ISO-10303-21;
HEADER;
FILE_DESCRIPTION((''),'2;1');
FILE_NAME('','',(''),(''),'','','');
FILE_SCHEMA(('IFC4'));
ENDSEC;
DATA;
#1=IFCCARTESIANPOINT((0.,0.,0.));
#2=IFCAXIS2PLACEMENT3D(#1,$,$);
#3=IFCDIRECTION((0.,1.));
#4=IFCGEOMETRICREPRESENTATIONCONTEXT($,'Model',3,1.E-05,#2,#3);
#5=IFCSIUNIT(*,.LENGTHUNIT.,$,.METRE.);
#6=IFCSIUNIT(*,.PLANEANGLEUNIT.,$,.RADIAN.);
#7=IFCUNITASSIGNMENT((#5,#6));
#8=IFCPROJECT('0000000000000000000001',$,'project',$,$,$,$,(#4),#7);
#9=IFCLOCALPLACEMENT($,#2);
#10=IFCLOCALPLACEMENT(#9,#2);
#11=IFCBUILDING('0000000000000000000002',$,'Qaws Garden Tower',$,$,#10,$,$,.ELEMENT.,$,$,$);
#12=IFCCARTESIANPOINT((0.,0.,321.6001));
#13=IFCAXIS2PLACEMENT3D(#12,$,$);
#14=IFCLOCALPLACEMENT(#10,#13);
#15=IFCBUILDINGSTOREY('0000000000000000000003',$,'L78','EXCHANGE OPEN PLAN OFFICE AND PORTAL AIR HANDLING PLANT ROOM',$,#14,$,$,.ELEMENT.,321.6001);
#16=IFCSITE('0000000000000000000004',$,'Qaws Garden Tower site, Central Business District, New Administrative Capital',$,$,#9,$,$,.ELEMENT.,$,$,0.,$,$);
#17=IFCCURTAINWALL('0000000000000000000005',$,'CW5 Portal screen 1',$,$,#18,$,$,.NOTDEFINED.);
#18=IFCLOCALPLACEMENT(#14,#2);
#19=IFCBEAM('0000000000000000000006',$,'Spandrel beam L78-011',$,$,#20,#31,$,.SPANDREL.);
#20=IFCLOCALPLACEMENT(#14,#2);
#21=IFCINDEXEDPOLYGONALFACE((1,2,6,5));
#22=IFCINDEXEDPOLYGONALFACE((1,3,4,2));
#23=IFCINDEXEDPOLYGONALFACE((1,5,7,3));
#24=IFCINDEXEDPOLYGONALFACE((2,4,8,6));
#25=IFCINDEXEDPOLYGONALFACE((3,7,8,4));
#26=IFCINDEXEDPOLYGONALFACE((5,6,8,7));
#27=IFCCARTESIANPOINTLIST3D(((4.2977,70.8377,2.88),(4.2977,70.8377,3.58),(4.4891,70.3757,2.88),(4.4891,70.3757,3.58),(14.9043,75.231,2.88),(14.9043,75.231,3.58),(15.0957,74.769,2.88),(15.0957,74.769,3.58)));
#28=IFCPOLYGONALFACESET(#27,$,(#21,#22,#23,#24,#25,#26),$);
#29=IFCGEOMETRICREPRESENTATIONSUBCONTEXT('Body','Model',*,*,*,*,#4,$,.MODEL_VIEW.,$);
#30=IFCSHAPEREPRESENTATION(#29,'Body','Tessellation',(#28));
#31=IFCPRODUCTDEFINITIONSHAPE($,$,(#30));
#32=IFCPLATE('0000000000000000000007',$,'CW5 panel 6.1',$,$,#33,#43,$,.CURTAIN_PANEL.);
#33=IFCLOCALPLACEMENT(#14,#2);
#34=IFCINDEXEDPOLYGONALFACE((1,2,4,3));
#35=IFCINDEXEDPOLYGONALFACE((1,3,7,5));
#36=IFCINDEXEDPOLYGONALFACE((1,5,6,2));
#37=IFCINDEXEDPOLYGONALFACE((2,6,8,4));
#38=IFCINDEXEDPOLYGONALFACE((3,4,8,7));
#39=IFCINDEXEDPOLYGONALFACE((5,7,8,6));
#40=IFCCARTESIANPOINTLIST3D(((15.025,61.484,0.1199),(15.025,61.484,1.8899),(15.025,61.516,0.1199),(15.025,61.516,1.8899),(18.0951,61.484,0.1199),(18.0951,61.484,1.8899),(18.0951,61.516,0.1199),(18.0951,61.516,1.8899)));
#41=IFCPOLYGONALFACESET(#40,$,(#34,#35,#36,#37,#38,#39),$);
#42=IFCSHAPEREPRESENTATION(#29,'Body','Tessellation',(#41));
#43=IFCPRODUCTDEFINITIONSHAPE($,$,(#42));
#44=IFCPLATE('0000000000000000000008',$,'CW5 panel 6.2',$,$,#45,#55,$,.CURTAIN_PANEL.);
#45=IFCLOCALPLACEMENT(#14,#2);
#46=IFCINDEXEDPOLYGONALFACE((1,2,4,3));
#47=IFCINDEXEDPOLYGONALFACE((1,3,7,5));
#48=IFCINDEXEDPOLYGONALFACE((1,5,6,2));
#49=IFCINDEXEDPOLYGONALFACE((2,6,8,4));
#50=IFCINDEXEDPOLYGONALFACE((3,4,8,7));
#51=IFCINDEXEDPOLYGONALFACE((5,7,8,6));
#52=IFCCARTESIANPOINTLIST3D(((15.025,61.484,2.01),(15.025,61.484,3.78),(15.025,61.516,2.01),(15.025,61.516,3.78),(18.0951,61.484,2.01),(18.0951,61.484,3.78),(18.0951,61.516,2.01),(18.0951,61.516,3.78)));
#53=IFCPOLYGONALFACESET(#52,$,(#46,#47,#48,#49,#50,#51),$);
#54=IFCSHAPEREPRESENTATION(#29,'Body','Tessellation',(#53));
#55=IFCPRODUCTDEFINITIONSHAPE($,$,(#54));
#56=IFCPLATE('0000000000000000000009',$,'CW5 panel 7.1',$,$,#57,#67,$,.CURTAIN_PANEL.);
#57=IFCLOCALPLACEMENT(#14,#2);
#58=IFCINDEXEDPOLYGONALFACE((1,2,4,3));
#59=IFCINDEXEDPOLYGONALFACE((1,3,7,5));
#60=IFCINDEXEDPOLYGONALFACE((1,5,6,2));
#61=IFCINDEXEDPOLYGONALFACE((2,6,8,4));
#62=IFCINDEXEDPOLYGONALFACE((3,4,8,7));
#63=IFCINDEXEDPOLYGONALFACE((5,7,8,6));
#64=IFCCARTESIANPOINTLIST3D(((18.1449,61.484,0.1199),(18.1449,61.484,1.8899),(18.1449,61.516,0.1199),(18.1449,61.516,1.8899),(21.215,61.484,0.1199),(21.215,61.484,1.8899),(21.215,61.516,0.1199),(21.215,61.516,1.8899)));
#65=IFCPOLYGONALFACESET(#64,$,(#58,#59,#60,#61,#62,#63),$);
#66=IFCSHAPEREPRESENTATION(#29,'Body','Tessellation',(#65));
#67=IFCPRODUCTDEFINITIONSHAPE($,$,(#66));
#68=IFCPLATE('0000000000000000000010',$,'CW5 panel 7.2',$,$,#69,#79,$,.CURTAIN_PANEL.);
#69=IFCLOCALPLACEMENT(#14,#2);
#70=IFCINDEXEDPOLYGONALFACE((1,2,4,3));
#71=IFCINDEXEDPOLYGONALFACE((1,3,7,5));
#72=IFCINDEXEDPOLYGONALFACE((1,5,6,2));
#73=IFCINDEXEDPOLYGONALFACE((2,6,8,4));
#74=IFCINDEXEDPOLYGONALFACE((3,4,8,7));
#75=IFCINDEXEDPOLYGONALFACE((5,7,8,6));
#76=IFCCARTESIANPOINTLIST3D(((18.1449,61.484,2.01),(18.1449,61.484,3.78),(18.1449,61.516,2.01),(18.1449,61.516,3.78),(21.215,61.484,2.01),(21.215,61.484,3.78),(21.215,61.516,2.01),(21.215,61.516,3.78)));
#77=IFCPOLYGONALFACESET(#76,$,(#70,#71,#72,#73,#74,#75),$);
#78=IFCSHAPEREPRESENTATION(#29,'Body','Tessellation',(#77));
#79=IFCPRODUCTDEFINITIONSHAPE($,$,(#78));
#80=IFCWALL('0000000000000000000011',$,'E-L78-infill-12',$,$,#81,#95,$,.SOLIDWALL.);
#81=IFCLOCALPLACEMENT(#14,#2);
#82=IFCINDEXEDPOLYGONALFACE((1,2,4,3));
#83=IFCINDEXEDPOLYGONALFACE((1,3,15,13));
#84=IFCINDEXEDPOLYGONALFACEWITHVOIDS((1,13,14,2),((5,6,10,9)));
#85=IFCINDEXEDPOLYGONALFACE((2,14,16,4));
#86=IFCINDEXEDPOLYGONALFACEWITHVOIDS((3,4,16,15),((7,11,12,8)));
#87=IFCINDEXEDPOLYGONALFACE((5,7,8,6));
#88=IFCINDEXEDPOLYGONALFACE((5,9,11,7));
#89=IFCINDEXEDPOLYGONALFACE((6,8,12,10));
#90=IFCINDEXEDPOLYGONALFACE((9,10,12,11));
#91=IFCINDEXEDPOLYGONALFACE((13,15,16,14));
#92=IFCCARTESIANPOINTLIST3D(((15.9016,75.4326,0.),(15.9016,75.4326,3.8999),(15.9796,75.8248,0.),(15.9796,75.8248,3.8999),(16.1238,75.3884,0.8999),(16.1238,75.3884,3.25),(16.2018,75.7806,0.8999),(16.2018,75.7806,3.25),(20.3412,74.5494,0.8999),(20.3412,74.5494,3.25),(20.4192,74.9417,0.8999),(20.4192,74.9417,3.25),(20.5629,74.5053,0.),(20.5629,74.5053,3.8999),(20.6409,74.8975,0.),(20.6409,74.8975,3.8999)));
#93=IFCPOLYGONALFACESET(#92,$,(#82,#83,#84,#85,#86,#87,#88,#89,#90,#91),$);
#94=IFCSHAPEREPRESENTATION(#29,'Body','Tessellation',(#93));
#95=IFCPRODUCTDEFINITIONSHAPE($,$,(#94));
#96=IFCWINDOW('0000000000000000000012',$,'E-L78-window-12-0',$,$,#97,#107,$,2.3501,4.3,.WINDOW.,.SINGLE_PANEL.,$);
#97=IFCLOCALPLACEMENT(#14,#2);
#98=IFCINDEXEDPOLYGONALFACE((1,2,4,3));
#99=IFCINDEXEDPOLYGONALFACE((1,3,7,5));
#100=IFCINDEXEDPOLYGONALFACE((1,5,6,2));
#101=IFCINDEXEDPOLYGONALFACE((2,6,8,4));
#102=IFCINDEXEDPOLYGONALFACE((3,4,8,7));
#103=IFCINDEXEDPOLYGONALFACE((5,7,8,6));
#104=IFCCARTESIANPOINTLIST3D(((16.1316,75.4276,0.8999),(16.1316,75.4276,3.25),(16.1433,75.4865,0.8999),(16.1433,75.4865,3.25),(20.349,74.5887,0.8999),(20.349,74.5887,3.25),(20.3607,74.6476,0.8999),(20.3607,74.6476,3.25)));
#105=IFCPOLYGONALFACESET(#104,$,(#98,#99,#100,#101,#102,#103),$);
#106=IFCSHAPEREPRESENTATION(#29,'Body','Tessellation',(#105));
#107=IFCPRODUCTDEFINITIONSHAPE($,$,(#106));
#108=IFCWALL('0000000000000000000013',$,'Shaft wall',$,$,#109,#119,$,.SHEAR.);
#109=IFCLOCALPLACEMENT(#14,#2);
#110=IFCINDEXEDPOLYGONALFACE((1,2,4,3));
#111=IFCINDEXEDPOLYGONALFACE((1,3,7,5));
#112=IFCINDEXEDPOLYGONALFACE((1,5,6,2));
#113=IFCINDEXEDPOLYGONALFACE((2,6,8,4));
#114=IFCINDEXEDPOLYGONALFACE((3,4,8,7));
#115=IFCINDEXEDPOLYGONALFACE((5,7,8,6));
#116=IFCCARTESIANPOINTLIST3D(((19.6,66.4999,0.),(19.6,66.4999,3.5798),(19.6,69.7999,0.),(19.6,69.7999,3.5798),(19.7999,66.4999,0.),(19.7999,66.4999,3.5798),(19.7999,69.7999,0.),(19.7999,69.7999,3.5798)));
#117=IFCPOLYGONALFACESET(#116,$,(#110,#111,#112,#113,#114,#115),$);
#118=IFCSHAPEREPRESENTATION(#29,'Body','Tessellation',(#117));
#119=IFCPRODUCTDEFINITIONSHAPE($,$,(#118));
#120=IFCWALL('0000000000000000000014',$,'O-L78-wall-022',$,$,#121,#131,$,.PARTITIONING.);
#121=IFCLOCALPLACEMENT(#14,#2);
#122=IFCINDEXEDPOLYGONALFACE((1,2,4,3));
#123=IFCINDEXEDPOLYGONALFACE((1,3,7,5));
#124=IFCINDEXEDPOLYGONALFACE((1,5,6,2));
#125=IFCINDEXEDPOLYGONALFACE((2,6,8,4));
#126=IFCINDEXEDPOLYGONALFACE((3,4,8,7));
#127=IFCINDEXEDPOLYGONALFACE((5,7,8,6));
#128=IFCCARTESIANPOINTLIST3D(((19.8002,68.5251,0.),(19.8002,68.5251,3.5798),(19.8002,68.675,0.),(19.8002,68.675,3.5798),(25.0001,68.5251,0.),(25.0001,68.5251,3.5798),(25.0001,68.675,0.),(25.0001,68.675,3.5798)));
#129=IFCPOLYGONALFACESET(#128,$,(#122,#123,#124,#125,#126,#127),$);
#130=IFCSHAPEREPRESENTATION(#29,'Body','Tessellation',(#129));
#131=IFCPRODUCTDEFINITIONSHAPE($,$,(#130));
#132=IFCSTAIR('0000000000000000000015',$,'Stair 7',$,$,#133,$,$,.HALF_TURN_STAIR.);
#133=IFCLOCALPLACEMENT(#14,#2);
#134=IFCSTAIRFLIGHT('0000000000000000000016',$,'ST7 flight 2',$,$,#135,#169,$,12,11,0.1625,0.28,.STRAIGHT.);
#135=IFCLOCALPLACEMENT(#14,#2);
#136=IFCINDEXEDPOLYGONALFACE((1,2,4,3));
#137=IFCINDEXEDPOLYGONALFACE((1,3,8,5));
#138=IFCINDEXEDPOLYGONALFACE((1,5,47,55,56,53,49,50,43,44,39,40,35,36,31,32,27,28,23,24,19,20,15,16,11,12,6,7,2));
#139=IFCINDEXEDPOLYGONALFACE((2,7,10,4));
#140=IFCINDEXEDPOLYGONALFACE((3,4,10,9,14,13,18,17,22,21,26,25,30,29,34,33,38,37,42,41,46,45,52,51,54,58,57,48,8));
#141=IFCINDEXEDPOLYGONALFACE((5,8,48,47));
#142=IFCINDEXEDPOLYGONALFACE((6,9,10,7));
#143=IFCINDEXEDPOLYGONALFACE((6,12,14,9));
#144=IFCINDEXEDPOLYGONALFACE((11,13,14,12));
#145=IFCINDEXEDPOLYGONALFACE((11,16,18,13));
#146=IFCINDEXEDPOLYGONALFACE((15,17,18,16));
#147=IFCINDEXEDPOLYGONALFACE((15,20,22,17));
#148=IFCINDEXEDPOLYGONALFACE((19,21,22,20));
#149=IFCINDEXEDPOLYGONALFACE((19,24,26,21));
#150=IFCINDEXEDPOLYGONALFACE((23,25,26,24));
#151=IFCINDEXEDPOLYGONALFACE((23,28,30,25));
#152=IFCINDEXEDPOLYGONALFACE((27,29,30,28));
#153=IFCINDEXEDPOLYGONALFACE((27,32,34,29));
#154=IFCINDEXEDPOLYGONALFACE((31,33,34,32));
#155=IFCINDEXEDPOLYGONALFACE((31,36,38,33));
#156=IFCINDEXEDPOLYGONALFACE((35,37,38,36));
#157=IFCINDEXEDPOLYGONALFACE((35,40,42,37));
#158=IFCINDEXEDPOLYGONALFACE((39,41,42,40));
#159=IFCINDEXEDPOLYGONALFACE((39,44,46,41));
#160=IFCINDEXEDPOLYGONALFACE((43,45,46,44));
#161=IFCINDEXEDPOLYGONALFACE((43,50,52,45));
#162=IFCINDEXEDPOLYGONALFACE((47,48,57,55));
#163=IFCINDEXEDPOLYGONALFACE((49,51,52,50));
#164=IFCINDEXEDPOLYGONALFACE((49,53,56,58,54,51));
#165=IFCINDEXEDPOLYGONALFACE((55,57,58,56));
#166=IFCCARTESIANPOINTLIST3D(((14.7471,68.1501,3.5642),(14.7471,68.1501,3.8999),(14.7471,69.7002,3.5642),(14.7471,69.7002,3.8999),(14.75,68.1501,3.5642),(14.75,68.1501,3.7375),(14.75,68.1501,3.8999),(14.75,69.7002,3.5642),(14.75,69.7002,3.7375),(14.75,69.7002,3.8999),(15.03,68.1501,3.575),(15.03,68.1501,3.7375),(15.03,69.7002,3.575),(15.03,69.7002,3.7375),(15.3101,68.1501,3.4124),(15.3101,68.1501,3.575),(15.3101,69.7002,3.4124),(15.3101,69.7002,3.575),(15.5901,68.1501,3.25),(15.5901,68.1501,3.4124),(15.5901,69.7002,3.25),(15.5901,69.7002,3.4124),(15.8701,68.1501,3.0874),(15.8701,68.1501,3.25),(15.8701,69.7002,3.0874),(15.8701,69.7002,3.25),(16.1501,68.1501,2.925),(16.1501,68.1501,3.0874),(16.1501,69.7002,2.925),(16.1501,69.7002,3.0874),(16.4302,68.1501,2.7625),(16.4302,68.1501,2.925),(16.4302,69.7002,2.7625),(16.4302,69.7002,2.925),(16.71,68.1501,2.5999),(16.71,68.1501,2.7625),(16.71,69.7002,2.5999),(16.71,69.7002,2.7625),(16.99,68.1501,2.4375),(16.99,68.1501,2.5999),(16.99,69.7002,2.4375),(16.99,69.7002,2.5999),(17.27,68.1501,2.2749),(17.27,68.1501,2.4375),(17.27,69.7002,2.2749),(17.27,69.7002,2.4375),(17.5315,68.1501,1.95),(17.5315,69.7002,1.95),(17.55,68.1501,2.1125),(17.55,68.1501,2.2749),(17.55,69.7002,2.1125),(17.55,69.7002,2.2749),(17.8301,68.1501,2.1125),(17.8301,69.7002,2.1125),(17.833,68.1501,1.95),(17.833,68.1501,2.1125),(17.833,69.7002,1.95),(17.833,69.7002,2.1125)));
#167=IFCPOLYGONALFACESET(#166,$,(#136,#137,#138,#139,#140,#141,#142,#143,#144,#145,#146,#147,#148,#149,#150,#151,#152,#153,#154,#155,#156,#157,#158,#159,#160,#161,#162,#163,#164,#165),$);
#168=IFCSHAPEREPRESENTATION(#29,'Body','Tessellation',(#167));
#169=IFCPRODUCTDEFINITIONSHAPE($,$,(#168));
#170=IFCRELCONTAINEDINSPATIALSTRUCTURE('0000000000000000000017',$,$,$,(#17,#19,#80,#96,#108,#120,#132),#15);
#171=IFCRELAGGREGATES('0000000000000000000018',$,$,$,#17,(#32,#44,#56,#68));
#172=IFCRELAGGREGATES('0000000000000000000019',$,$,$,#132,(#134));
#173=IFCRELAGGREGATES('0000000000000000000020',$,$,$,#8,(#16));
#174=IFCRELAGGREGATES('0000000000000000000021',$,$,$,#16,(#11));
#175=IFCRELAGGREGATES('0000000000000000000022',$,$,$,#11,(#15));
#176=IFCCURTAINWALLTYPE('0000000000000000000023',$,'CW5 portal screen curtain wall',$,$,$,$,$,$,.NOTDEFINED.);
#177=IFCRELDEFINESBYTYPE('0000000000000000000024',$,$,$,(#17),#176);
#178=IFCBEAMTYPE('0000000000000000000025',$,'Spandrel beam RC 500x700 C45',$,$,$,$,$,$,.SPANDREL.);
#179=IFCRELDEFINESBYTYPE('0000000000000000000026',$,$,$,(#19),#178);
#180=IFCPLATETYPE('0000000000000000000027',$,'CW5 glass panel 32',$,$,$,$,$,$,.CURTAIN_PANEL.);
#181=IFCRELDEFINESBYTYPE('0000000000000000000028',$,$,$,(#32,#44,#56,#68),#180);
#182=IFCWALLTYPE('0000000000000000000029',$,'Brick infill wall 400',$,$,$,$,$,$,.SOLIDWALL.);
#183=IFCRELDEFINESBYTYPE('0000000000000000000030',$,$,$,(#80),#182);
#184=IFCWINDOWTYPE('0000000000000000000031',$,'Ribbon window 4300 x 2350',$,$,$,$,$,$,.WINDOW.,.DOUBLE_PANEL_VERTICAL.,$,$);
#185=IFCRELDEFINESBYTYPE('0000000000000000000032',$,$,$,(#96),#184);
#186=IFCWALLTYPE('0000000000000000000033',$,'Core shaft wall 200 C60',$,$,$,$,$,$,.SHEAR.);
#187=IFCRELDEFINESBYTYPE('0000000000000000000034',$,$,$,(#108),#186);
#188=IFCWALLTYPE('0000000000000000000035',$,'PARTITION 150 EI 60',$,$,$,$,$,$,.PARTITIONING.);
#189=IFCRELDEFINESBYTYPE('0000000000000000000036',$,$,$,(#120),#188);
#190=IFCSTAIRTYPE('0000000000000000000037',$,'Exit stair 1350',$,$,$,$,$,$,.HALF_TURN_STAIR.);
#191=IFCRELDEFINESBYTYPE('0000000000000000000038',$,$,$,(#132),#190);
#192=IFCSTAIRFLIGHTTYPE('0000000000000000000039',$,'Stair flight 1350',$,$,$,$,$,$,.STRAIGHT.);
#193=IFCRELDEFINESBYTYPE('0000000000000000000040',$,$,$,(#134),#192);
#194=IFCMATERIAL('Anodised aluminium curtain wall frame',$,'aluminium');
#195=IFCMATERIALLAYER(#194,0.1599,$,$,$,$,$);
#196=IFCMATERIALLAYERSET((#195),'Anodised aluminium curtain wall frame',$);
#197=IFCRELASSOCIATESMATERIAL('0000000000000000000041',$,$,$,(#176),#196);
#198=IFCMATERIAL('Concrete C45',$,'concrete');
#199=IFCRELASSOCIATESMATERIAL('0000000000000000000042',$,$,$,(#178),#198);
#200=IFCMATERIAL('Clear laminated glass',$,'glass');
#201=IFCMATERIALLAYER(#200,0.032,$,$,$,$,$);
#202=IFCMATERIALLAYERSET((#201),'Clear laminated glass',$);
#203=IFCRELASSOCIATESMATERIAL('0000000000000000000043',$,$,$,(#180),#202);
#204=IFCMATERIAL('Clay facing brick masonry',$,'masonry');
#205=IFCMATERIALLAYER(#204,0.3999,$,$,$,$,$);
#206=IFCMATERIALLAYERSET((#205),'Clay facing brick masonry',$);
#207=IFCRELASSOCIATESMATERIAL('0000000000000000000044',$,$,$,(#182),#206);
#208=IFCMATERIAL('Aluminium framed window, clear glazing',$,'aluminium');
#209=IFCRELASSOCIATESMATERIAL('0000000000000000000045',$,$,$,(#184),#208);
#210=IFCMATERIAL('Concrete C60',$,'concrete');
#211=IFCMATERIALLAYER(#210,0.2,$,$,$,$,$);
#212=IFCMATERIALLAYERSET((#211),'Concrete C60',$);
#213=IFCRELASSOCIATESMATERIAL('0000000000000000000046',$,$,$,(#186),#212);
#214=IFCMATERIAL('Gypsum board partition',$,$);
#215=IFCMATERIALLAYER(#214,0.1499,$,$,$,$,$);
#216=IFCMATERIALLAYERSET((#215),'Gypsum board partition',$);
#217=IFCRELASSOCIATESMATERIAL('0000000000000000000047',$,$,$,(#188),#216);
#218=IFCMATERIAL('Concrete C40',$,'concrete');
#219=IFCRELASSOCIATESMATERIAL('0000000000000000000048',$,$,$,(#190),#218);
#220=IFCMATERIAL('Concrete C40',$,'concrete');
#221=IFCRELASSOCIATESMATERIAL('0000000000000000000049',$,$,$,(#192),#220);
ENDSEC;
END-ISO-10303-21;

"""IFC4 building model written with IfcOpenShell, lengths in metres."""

from ifc_helpers import new_model, si_unit, direction, frame, frame_2d, origin, origin_2d, place, context, subcontext, project, spatial, polyline, rectangle, outline, extrude, material, layer, layer_set, material_profile, profile_set, type_object, element, fill, aggregate, save


model = new_model("IFC4")

# Units and contexts
model_context = context("Model", 3, precision=1e-05, world=origin(), true_north=direction((0.0, 1.0)))
body_context = subcontext(model_context, "Body", "Model", "MODEL_VIEW")
ifc_project = project(units=[si_unit("LENGTHUNIT", "METRE"), si_unit("PLANEANGLEUNIT", "RADIAN")], contexts=[model_context])

# Site, building, storey
site_placement = place(None, origin())
site = spatial("IfcSite", under=ifc_project, at=site_placement, Name="Qaws Garden Tower site, Central Business District, New Administrative Capital", CompositionType="ELEMENT", RefElevation=0.0)
building_placement = place(site_placement, origin())
building = spatial("IfcBuilding", under=site, at=building_placement, Name="Qaws Garden Tower", CompositionType="ELEMENT")
storey_placement = place(building_placement, frame((0.0, 0.0, 321.6001)))
storey = spatial("IfcBuildingStorey", under=building, at=storey_placement, Name="L78", Description="EXCHANGE OPEN PLAN OFFICE AND PORTAL AIR HANDLING PLANT ROOM", CompositionType="ELEMENT", Elevation=321.6001)

# Curtain wall
ifc_material_1 = material(Name="Anodised aluminium curtain wall frame", Category="aluminium")
ifc_layer_1 = layer(ifc_material_1, 0.1599)
ifc_layer_set_1 = layer_set([ifc_layer_1], Name="Anodised aluminium curtain wall frame")
curtain_wall_type = type_object("IfcCurtainWallType", Name="CW5 portal screen curtain wall", PredefinedType="NOTDEFINED", material=ifc_layer_set_1)
placement = place(storey_placement, origin())
curtain_wall = element("IfcCurtainWall", 1, at=placement, inside=storey, type_object=curtain_wall_type, Name="CW5 Portal screen 1", PredefinedType="NOTDEFINED")

# Beam
ifc_material_2 = material(Name="Concrete C45", Category="concrete")
ifc_material_profile_1 = material_profile(ifc_material_2, rectangle(XDim=0.5, YDim=0.7, at=origin_2d()), Name="RC 500x700")
ifc_profile_set_1 = profile_set([ifc_material_profile_1], Name="Concrete C45")
beam_type = type_object("IfcBeamType", Name="Spandrel beam RC 500x700 C45", PredefinedType="SPANDREL", material=ifc_profile_set_1)
beam_placement = place(storey_placement, frame((15.0, 75.0, 3.23), z_axis=(-0.923883, -0.382674, 0.0), x_axis=(0.382674, -0.923883, 0.0)))
element("IfcBeam", 2, at=beam_placement, inside=storey, type_object=beam_type, Name="Spandrel beam L78-011", PredefinedType="SPANDREL", context=body_context, shape_type="SweptSolid", body=[
    extrude(rectangle(XDim=0.5, YDim=0.7, at=origin_2d()), origin(), (0.0, 0.0, 1.0), 11.4805),
])

# Plates
ifc_material_3 = material(Name="Clear laminated glass", Category="glass")
ifc_layer_2 = layer(ifc_material_3, 0.032)
ifc_layer_set_2 = layer_set([ifc_layer_2], Name="Clear laminated glass")
plate_type = type_object("IfcPlateType", Name="CW5 glass panel 32", PredefinedType="CURTAIN_PANEL", material=ifc_layer_set_2)
plate_1_placement = place(storey_placement, frame((16.5601, 61.5, 0.1199), z_axis=(0.0, 0.0, 1.0), x_axis=(1.0, 0.0, 0.0)))
plate_1 = element("IfcPlate", 3, at=plate_1_placement, type_object=plate_type, Name="CW5 panel 6.1", PredefinedType="CURTAIN_PANEL", context=body_context, shape_type="SweptSolid", body=[
    extrude(rectangle(XDim=3.0701, YDim=0.032, at=origin_2d()), origin(), (0.0, 0.0, 1.0), 1.77),
])
plate_2_placement = place(storey_placement, frame((16.5601, 61.5, 2.01), z_axis=(0.0, 0.0, 1.0), x_axis=(1.0, 0.0, 0.0)))
plate_2 = element("IfcPlate", 4, at=plate_2_placement, type_object=plate_type, Name="CW5 panel 6.2", PredefinedType="CURTAIN_PANEL", context=body_context, shape_type="SweptSolid", body=[
    extrude(rectangle(XDim=3.0701, YDim=0.032, at=origin_2d()), origin(), (0.0, 0.0, 1.0), 1.77),
])
plate_3_placement = place(storey_placement, frame((19.6799, 61.5, 0.1199), z_axis=(0.0, 0.0, 1.0), x_axis=(1.0, 0.0, 0.0)))
plate_3 = element("IfcPlate", 5, at=plate_3_placement, type_object=plate_type, Name="CW5 panel 7.1", PredefinedType="CURTAIN_PANEL", context=body_context, shape_type="SweptSolid", body=[
    extrude(rectangle(XDim=3.0701, YDim=0.032, at=origin_2d()), origin(), (0.0, 0.0, 1.0), 1.77),
])
plate_4_placement = place(storey_placement, frame((19.6799, 61.5, 2.01), z_axis=(0.0, 0.0, 1.0), x_axis=(1.0, 0.0, 0.0)))
plate_4 = element("IfcPlate", 6, at=plate_4_placement, type_object=plate_type, Name="CW5 panel 7.2", PredefinedType="CURTAIN_PANEL", context=body_context, shape_type="SweptSolid", body=[
    extrude(rectangle(XDim=3.0701, YDim=0.032, at=origin_2d()), origin(), (0.0, 0.0, 1.0), 1.77),
])
aggregate(curtain_wall, [plate_1, plate_2, plate_3, plate_4])

# Wall, opening, window
ifc_material_4 = material(Name="Clay facing brick masonry", Category="masonry")
ifc_layer_3 = layer(ifc_material_4, 0.3999)
ifc_layer_set_3 = layer_set([ifc_layer_3], Name="Clay facing brick masonry")
wall_type_1 = type_object("IfcWallType", Name="Brick infill wall 400", PredefinedType="SOLIDWALL", material=ifc_layer_set_3)
wall_1_placement = place(storey_placement, frame((20.6021, 74.7014, 0.0), z_axis=(0.0, 0.0, 1.0), x_axis=(-0.980784, 0.195099, 0.0)))
wall_1 = element("IfcWall", 7, at=wall_1_placement, inside=storey, type_object=wall_type_1, Name="E-L78-infill-12", PredefinedType="SOLIDWALL", context=body_context, shape_type="SweptSolid", body=[
    extrude(rectangle(XDim=4.7527, YDim=0.3999, at=frame_2d((2.3765, 0.0))), origin(), (0.0, 0.0, 1.0), 3.8999),
])
opening_placement = place(wall_1_placement, frame((0.2263, 0.0, 0.8999)))
opening = element("IfcOpeningElement", 8, at=opening_placement, cuts=wall_1, PredefinedType="OPENING", context=body_context, shape_type="SweptSolid", body=[
    extrude(rectangle(XDim=4.3, YDim=2.3501, at=frame_2d((2.1499, 1.175))), frame((0.0, 0.21, 0.0), z_axis=(0.0, -1.0, 0.0), x_axis=(1.0, 0.0, 0.0)), (0.0, 0.0, 1.0), 0.4199),
])
ifc_material_5 = material(Name="Aluminium framed window, clear glazing", Category="aluminium")
window_type = type_object("IfcWindowType", Name="Ribbon window 4300 x 2350", PartitioningType="DOUBLE_PANEL_VERTICAL", PredefinedType="WINDOW", material=ifc_material_5)
window_placement = place(opening_placement, origin())
window = element("IfcWindow", 9, at=window_placement, inside=storey, type_object=window_type, Name="E-L78-window-12-0", OverallHeight=2.3501, OverallWidth=4.3, PartitioningType="SINGLE_PANEL", PredefinedType="WINDOW", context=body_context, shape_type="SweptSolid", body=[
    extrude(rectangle(XDim=4.3, YDim=2.3501, at=frame_2d((2.1499, 1.175))), frame((0.0, 0.1599, 0.0), z_axis=(0.0, -1.0, 0.0), x_axis=(1.0, 0.0, 0.0)), (0.0, 0.0, 1.0), 0.0601),
])
fill(opening, window)

# Walls
ifc_material_6 = material(Name="Concrete C60", Category="concrete")
ifc_layer_4 = layer(ifc_material_6, 0.2)
ifc_layer_set_4 = layer_set([ifc_layer_4], Name="Concrete C60")
wall_type_2 = type_object("IfcWallType", Name="Core shaft wall 200 C60", PredefinedType="SHEAR", material=ifc_layer_set_4)
wall_2_placement = place(storey_placement, frame((19.7, 66.5, 0.0), z_axis=(0.0, 0.0, 1.0), x_axis=(0.0, 1.0, 0.0)))
element("IfcWall", 10, at=wall_2_placement, inside=storey, type_object=wall_type_2, Name="Shaft wall", PredefinedType="SHEAR", context=body_context, shape_type="SweptSolid", body=[
    extrude(rectangle(XDim=3.3, YDim=0.2, at=frame_2d((1.6499, 0.0))), origin(), (0.0, 0.0, 1.0), 3.5798),
])
ifc_material_7 = material(Name="Gypsum board partition")
ifc_layer_5 = layer(ifc_material_7, 0.1499)
ifc_layer_set_5 = layer_set([ifc_layer_5], Name="Gypsum board partition")
wall_type_3 = type_object("IfcWallType", Name="PARTITION 150 EI 60", PredefinedType="PARTITIONING", material=ifc_layer_set_5)
wall_3_placement = place(storey_placement, frame((19.8, 68.6001, 0.0), z_axis=(0.0, 0.0, 1.0), x_axis=(1.0, 0.0, 0.0)))
element("IfcWall", 11, at=wall_3_placement, inside=storey, type_object=wall_type_3, Name="O-L78-wall-022", PredefinedType="PARTITIONING", context=body_context, shape_type="SweptSolid", body=[
    extrude(rectangle(XDim=5.2, YDim=0.1499, at=frame_2d((2.6001, 0.0))), origin(), (0.0, 0.0, 1.0), 3.5798),
])

# Stair, stair flight
ifc_material_8 = material(Name="Concrete C40", Category="concrete")
stair_type = type_object("IfcStairType", Name="Exit stair 1350", PredefinedType="HALF_TURN_STAIR", material=ifc_material_8)
stair = element("IfcStair", 12, at=placement, inside=storey, type_object=stair_type, Name="Stair 7", PredefinedType="HALF_TURN_STAIR")
ifc_material_9 = material(Name="Concrete C40", Category="concrete")
stair_flight_type = type_object("IfcStairFlightType", Name="Stair flight 1350", PredefinedType="STRAIGHT", material=ifc_material_9)
stair_flight_placement = place(storey_placement, frame((17.8301, 68.925, 1.95), z_axis=(0.0, 0.0, 1.0), x_axis=(-1.0, 0.0, 0.0)))
stair_flight = element("IfcStairFlight", 13, at=stair_flight_placement, type_object=stair_flight_type, Name="ST7 flight 2", NumberOfRisers=12, NumberOfTreads=11, PredefinedType="STRAIGHT", RiserHeight=0.1625, TreadLength=0.28, context=body_context, shape_type="SweptSolid", body=[
    extrude(outline(polyline([(-0.0029, 0.0), (-0.0029, 0.1626), (0.0, 0.1626), (0.28, 0.1626), (0.28, 0.325), (0.5601, 0.325), (0.5601, 0.4875), (0.8401, 0.4875), (0.8401, 0.6499), (1.1201, 0.6499), (1.1201, 0.8125), (1.3999, 0.8125), (1.3999, 0.9751), (1.6799, 0.9751), (1.6799, 1.1375), (1.96, 1.1375), (1.96, 1.3), (2.24, 1.3), (2.24, 1.4624), (2.52, 1.4624), (2.52, 1.625), (2.8, 1.625), (2.8, 1.7876), (3.0801, 1.7876), (3.0801, 1.95), (3.083, 1.95), (3.083, 1.6143), (3.0801, 1.6143), (0.2986, 0.0), (-0.0029, 0.0)])), frame((0.0, 0.7749, 0.0), z_axis=(0.0, -1.0, 0.0), x_axis=(1.0, 0.0, 0.0)), (0.0, 0.0, 1.0), 1.55),
])
aggregate(stair, [stair_flight])

save(model, "model.ifc")
